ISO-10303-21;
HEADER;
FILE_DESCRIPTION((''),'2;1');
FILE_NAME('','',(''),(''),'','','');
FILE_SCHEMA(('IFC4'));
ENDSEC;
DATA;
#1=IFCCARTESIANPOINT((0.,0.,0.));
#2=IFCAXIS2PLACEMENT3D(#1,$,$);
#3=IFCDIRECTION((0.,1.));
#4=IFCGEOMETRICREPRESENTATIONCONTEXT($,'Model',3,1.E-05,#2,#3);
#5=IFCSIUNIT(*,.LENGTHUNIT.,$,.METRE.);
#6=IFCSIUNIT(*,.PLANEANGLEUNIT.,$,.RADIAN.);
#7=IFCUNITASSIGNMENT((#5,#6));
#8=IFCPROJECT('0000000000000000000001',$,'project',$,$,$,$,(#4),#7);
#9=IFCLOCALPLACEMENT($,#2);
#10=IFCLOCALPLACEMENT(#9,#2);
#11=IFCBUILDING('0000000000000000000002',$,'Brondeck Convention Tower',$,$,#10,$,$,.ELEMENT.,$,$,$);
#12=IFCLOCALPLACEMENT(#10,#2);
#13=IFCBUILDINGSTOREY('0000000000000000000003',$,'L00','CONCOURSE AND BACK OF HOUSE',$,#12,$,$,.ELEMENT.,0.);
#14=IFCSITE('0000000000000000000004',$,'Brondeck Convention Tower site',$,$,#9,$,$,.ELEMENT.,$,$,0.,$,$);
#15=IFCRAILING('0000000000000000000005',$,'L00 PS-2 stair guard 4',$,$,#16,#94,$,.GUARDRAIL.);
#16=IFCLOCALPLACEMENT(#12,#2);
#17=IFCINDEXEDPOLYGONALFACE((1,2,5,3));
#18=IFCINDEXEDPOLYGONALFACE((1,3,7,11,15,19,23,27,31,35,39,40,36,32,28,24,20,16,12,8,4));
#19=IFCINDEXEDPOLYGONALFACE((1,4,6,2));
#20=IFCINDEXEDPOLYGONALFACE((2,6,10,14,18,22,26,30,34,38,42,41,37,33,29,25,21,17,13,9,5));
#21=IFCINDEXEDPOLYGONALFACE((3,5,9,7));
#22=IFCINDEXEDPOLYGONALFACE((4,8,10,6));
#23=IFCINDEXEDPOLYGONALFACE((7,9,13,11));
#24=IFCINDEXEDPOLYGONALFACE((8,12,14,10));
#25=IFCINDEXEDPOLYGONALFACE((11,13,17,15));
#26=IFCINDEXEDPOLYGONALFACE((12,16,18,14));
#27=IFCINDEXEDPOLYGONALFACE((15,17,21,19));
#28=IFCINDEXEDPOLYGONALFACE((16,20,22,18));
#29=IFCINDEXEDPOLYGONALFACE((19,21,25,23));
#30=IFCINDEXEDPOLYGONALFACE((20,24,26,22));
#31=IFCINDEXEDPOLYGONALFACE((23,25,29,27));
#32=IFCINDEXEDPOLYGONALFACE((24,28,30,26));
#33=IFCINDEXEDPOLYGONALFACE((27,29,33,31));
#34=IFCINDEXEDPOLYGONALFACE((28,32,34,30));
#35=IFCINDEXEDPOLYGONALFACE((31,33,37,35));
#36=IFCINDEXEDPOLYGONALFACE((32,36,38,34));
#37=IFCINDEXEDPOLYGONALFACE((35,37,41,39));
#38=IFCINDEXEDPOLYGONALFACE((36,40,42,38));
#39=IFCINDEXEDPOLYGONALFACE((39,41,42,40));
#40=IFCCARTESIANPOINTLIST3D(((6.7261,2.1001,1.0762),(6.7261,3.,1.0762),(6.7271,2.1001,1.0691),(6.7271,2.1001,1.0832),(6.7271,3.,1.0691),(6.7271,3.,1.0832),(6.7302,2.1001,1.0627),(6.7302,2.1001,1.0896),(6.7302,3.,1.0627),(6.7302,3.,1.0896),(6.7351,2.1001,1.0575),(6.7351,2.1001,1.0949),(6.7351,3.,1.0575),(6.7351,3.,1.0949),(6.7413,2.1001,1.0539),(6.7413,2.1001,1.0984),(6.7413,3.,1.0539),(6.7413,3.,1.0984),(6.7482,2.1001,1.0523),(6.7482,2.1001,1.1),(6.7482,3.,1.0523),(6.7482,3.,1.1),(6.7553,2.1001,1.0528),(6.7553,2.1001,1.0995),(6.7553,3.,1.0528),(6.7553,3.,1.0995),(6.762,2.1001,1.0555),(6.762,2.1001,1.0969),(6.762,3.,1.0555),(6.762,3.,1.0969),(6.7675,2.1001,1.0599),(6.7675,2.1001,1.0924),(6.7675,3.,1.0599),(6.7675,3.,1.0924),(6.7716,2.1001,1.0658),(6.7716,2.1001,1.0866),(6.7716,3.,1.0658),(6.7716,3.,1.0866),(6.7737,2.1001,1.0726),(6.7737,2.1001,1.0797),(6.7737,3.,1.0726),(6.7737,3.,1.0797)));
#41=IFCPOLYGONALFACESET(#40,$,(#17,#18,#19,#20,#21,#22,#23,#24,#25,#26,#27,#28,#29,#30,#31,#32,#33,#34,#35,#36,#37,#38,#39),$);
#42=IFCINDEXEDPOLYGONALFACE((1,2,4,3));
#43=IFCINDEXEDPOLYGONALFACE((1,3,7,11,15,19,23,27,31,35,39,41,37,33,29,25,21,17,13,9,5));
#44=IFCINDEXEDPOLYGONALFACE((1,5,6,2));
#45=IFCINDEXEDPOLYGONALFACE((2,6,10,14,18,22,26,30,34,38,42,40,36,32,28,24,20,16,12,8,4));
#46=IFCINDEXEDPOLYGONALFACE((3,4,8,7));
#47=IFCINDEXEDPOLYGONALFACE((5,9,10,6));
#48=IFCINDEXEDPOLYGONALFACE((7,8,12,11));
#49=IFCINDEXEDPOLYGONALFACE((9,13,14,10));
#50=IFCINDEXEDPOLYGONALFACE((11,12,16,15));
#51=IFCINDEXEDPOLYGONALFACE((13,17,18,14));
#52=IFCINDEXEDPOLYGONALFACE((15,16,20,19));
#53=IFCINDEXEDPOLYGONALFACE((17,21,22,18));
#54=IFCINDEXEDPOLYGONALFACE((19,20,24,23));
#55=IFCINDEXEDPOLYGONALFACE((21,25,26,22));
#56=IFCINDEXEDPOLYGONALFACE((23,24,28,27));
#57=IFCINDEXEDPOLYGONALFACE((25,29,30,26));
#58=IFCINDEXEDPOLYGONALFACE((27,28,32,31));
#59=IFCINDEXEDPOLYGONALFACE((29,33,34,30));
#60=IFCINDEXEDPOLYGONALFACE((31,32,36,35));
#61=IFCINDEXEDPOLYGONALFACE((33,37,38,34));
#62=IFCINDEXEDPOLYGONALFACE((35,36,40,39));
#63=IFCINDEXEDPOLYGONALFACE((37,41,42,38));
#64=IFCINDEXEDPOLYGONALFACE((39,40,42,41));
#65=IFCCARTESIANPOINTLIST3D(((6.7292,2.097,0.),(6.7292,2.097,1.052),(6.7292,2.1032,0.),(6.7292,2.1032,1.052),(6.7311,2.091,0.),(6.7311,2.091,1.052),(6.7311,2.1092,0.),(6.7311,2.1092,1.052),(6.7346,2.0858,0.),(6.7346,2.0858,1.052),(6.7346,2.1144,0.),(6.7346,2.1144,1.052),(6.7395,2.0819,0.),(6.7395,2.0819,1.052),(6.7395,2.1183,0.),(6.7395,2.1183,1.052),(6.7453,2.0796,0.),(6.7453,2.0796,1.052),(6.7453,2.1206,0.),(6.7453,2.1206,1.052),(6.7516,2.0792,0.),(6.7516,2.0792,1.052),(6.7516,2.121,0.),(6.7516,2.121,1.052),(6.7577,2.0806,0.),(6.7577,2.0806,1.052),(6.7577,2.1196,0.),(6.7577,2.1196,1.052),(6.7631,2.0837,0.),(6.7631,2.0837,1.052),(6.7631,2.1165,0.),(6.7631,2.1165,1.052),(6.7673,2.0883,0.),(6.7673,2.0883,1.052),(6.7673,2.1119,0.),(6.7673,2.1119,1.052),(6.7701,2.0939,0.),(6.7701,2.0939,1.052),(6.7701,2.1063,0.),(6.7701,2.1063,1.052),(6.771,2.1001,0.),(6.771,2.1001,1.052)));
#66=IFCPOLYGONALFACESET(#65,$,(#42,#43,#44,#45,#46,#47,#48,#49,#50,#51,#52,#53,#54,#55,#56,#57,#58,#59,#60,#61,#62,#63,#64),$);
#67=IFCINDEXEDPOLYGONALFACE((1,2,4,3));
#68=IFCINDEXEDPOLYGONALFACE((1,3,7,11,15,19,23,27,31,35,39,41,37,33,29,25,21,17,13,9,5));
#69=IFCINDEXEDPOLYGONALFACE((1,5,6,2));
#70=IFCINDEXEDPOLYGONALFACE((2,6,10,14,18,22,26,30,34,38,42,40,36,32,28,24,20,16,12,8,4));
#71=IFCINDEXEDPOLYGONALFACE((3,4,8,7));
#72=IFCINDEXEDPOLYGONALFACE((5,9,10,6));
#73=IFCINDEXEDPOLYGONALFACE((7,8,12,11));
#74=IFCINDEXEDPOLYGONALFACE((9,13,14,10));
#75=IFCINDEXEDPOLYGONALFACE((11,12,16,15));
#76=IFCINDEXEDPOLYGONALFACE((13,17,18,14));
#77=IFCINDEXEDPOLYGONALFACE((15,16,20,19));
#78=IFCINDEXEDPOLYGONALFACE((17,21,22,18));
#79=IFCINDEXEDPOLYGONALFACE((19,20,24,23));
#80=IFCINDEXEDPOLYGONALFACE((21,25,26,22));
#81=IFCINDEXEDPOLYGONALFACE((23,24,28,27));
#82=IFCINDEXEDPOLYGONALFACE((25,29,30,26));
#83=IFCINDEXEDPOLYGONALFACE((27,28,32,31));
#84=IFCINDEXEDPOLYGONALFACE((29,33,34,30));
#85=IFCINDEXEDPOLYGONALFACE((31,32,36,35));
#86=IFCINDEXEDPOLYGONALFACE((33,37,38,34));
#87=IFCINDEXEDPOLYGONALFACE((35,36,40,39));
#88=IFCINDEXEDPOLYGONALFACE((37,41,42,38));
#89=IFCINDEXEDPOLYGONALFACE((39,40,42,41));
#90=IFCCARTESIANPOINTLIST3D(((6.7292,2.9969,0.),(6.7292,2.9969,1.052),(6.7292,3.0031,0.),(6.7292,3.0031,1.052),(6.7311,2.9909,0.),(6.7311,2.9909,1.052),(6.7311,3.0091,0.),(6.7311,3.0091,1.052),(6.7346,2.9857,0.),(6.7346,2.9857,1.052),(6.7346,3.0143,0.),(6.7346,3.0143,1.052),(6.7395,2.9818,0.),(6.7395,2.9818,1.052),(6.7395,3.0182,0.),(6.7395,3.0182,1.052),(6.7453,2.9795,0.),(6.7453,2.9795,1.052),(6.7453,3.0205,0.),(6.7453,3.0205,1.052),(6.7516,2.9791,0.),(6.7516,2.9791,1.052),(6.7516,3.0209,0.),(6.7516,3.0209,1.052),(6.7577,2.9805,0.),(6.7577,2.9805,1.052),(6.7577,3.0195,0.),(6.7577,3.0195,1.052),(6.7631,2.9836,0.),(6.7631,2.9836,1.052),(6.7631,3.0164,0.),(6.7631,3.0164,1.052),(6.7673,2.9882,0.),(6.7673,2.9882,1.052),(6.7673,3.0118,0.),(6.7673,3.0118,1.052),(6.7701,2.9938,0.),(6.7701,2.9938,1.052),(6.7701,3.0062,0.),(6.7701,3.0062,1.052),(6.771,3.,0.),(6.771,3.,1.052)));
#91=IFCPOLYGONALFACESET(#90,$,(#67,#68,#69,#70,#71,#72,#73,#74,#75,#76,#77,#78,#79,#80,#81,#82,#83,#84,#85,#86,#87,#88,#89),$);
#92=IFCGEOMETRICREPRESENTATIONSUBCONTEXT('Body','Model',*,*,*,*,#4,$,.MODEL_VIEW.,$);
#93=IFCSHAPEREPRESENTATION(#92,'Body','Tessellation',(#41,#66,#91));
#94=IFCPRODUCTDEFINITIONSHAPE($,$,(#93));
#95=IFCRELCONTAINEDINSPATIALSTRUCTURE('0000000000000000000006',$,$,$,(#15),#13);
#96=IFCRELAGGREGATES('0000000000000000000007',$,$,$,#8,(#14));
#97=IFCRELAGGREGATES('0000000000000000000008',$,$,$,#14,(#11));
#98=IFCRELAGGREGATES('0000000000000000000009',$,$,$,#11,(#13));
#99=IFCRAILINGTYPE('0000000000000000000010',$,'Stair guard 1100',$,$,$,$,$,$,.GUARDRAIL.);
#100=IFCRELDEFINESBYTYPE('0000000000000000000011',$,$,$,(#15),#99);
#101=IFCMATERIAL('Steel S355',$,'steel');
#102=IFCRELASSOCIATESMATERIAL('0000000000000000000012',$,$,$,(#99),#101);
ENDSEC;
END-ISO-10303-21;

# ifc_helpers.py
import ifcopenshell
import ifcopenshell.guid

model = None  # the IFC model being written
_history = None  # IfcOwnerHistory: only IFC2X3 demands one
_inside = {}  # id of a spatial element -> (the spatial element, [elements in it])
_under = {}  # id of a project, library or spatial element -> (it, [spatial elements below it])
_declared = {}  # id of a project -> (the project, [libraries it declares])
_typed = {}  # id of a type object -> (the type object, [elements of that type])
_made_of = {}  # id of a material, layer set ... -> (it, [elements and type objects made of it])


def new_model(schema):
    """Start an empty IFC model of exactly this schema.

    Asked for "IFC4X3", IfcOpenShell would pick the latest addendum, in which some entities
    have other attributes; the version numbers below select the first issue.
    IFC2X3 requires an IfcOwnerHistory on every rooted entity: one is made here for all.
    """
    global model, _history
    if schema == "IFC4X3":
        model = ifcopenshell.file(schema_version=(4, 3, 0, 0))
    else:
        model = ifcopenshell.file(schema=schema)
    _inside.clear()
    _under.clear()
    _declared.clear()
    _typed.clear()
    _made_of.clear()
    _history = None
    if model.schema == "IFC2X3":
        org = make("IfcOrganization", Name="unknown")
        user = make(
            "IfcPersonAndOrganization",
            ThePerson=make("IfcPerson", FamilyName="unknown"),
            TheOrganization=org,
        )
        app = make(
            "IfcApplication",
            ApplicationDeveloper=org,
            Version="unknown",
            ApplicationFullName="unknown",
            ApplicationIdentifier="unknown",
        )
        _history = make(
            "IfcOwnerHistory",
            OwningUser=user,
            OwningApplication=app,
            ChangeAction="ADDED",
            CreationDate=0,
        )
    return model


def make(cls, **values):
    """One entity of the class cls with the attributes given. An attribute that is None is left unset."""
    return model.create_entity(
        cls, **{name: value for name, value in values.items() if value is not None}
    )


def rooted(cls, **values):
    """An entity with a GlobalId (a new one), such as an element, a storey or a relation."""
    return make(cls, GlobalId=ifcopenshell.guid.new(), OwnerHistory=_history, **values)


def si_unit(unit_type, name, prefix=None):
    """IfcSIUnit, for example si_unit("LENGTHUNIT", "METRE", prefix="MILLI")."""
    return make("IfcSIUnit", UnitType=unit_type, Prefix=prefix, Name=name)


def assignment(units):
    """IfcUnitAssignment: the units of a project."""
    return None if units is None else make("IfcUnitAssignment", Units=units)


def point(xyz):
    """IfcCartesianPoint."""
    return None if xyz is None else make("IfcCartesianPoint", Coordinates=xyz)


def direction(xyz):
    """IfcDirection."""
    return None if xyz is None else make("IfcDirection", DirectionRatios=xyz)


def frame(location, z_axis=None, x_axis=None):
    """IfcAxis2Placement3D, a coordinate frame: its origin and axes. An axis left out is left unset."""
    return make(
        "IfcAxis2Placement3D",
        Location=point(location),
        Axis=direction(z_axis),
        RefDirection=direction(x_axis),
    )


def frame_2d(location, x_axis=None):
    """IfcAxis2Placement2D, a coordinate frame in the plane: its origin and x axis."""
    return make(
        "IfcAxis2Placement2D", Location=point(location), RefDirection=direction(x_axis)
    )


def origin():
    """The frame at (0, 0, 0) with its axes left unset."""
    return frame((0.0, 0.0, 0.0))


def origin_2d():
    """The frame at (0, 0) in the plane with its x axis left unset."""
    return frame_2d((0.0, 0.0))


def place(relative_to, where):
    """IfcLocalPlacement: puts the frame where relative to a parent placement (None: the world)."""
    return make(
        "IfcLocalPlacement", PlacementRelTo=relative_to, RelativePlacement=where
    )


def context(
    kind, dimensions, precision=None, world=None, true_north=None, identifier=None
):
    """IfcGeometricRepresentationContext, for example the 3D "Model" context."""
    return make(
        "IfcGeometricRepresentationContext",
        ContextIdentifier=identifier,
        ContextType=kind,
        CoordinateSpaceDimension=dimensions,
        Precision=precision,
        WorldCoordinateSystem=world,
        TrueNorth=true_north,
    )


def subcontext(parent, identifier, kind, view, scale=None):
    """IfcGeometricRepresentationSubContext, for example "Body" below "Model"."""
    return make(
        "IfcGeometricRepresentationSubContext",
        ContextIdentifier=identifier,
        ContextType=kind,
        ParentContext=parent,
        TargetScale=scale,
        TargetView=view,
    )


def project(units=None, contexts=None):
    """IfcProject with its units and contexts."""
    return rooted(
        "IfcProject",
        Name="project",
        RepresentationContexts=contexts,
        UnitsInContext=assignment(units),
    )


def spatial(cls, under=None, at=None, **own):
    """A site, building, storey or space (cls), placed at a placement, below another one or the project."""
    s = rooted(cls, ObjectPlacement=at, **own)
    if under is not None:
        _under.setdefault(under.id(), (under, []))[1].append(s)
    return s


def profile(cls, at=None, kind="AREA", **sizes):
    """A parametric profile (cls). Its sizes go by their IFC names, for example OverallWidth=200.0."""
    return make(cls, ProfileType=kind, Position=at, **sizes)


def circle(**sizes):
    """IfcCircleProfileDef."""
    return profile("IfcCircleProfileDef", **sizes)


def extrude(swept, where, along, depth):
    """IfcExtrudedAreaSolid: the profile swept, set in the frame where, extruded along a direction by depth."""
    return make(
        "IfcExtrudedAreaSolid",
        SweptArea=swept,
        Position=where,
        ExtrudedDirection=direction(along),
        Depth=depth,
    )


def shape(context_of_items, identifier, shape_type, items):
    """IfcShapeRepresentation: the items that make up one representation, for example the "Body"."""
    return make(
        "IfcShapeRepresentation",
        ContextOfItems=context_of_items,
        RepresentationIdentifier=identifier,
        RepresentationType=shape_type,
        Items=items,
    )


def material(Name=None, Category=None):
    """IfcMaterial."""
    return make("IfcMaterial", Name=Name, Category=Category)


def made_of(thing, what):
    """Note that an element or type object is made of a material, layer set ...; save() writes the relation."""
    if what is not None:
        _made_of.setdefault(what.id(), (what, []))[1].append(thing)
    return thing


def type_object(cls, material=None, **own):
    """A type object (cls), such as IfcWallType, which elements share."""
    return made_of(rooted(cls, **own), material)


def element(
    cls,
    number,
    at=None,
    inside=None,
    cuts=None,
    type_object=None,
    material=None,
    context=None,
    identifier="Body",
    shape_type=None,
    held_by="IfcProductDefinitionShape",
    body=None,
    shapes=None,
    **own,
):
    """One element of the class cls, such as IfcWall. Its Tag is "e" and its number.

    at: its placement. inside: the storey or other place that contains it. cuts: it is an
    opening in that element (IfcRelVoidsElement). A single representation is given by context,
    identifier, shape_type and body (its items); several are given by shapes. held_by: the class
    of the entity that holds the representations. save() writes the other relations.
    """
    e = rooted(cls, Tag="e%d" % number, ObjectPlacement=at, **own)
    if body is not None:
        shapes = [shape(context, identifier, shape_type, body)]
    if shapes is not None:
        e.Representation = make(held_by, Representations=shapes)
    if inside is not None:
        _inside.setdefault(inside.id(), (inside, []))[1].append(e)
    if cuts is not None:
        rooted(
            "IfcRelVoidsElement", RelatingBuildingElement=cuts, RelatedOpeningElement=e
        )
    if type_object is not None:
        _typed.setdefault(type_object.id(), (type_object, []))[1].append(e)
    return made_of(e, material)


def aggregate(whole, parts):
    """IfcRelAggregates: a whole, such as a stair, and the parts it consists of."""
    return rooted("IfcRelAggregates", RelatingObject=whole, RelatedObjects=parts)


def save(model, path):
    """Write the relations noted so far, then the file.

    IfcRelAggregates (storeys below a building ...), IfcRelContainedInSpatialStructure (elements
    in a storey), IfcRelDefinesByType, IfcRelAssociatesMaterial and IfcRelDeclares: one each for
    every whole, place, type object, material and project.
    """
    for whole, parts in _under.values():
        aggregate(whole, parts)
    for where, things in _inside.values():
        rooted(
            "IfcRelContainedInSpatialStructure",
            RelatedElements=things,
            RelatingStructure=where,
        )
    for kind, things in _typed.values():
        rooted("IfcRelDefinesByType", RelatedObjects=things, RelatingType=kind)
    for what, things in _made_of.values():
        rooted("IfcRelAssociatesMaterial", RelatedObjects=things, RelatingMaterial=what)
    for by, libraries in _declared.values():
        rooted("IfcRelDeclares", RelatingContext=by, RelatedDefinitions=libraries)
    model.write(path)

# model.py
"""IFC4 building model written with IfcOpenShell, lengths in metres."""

from ifc_helpers import new_model, si_unit, direction, frame, origin, origin_2d, place, context, subcontext, project, spatial, circle, extrude, material, type_object, element, save


model = new_model("IFC4")

# Units and contexts
model_context = context("Model", 3, precision=1e-05, world=origin(), true_north=direction((0.0, 1.0)))
body_context = subcontext(model_context, "Body", "Model", "MODEL_VIEW")
ifc_project = project(units=[si_unit("LENGTHUNIT", "METRE"), si_unit("PLANEANGLEUNIT", "RADIAN")], contexts=[model_context])

# Site, building, storey
site_placement = place(None, origin())
site = spatial("IfcSite", under=ifc_project, at=site_placement, Name="Brondeck Convention Tower site", CompositionType="ELEMENT", RefElevation=0.0)
building_placement = place(site_placement, origin())
building = spatial("IfcBuilding", under=site, at=building_placement, Name="Brondeck Convention Tower", CompositionType="ELEMENT")
storey_placement = place(building_placement, origin())
storey = spatial("IfcBuildingStorey", under=building, at=storey_placement, Name="L00", Description="CONCOURSE AND BACK OF HOUSE", CompositionType="ELEMENT", Elevation=0.0)

# Railing
ifc_material_1 = material(Name="Steel S355", Category="steel")
railing_type_1 = type_object("IfcRailingType", Name="Stair guard 1100", PredefinedType="GUARDRAIL", material=ifc_material_1)
for number, where, name in (
    (1, (6.75, 2.1001, 0.0), "L00 PS-2 stair guard 4"),
):
    element("IfcRailing", number, at=place(storey_placement, frame(where)), inside=storey, type_object=railing_type_1, Name=name, PredefinedType="GUARDRAIL", context=body_context, shape_type="SweptSolid", body=[
        extrude(circle(Radius=0.0239, at=origin_2d()), frame((0.0, 0.0, 1.0762), z_axis=(0.0, 1.0, 0.0), x_axis=(-1.0, 0.0, 0.0)), (0.0, 0.0, 1.0), 0.8999),
        extrude(circle(Radius=0.021, at=origin_2d()), origin(), (0.0, 0.0, 1.0), 1.052),
        extrude(circle(Radius=0.021, at=origin_2d()), frame((0.0, 0.8999, 0.0)), (0.0, 0.0, 1.0), 1.052),
    ])

save(model, "model.ifc")
